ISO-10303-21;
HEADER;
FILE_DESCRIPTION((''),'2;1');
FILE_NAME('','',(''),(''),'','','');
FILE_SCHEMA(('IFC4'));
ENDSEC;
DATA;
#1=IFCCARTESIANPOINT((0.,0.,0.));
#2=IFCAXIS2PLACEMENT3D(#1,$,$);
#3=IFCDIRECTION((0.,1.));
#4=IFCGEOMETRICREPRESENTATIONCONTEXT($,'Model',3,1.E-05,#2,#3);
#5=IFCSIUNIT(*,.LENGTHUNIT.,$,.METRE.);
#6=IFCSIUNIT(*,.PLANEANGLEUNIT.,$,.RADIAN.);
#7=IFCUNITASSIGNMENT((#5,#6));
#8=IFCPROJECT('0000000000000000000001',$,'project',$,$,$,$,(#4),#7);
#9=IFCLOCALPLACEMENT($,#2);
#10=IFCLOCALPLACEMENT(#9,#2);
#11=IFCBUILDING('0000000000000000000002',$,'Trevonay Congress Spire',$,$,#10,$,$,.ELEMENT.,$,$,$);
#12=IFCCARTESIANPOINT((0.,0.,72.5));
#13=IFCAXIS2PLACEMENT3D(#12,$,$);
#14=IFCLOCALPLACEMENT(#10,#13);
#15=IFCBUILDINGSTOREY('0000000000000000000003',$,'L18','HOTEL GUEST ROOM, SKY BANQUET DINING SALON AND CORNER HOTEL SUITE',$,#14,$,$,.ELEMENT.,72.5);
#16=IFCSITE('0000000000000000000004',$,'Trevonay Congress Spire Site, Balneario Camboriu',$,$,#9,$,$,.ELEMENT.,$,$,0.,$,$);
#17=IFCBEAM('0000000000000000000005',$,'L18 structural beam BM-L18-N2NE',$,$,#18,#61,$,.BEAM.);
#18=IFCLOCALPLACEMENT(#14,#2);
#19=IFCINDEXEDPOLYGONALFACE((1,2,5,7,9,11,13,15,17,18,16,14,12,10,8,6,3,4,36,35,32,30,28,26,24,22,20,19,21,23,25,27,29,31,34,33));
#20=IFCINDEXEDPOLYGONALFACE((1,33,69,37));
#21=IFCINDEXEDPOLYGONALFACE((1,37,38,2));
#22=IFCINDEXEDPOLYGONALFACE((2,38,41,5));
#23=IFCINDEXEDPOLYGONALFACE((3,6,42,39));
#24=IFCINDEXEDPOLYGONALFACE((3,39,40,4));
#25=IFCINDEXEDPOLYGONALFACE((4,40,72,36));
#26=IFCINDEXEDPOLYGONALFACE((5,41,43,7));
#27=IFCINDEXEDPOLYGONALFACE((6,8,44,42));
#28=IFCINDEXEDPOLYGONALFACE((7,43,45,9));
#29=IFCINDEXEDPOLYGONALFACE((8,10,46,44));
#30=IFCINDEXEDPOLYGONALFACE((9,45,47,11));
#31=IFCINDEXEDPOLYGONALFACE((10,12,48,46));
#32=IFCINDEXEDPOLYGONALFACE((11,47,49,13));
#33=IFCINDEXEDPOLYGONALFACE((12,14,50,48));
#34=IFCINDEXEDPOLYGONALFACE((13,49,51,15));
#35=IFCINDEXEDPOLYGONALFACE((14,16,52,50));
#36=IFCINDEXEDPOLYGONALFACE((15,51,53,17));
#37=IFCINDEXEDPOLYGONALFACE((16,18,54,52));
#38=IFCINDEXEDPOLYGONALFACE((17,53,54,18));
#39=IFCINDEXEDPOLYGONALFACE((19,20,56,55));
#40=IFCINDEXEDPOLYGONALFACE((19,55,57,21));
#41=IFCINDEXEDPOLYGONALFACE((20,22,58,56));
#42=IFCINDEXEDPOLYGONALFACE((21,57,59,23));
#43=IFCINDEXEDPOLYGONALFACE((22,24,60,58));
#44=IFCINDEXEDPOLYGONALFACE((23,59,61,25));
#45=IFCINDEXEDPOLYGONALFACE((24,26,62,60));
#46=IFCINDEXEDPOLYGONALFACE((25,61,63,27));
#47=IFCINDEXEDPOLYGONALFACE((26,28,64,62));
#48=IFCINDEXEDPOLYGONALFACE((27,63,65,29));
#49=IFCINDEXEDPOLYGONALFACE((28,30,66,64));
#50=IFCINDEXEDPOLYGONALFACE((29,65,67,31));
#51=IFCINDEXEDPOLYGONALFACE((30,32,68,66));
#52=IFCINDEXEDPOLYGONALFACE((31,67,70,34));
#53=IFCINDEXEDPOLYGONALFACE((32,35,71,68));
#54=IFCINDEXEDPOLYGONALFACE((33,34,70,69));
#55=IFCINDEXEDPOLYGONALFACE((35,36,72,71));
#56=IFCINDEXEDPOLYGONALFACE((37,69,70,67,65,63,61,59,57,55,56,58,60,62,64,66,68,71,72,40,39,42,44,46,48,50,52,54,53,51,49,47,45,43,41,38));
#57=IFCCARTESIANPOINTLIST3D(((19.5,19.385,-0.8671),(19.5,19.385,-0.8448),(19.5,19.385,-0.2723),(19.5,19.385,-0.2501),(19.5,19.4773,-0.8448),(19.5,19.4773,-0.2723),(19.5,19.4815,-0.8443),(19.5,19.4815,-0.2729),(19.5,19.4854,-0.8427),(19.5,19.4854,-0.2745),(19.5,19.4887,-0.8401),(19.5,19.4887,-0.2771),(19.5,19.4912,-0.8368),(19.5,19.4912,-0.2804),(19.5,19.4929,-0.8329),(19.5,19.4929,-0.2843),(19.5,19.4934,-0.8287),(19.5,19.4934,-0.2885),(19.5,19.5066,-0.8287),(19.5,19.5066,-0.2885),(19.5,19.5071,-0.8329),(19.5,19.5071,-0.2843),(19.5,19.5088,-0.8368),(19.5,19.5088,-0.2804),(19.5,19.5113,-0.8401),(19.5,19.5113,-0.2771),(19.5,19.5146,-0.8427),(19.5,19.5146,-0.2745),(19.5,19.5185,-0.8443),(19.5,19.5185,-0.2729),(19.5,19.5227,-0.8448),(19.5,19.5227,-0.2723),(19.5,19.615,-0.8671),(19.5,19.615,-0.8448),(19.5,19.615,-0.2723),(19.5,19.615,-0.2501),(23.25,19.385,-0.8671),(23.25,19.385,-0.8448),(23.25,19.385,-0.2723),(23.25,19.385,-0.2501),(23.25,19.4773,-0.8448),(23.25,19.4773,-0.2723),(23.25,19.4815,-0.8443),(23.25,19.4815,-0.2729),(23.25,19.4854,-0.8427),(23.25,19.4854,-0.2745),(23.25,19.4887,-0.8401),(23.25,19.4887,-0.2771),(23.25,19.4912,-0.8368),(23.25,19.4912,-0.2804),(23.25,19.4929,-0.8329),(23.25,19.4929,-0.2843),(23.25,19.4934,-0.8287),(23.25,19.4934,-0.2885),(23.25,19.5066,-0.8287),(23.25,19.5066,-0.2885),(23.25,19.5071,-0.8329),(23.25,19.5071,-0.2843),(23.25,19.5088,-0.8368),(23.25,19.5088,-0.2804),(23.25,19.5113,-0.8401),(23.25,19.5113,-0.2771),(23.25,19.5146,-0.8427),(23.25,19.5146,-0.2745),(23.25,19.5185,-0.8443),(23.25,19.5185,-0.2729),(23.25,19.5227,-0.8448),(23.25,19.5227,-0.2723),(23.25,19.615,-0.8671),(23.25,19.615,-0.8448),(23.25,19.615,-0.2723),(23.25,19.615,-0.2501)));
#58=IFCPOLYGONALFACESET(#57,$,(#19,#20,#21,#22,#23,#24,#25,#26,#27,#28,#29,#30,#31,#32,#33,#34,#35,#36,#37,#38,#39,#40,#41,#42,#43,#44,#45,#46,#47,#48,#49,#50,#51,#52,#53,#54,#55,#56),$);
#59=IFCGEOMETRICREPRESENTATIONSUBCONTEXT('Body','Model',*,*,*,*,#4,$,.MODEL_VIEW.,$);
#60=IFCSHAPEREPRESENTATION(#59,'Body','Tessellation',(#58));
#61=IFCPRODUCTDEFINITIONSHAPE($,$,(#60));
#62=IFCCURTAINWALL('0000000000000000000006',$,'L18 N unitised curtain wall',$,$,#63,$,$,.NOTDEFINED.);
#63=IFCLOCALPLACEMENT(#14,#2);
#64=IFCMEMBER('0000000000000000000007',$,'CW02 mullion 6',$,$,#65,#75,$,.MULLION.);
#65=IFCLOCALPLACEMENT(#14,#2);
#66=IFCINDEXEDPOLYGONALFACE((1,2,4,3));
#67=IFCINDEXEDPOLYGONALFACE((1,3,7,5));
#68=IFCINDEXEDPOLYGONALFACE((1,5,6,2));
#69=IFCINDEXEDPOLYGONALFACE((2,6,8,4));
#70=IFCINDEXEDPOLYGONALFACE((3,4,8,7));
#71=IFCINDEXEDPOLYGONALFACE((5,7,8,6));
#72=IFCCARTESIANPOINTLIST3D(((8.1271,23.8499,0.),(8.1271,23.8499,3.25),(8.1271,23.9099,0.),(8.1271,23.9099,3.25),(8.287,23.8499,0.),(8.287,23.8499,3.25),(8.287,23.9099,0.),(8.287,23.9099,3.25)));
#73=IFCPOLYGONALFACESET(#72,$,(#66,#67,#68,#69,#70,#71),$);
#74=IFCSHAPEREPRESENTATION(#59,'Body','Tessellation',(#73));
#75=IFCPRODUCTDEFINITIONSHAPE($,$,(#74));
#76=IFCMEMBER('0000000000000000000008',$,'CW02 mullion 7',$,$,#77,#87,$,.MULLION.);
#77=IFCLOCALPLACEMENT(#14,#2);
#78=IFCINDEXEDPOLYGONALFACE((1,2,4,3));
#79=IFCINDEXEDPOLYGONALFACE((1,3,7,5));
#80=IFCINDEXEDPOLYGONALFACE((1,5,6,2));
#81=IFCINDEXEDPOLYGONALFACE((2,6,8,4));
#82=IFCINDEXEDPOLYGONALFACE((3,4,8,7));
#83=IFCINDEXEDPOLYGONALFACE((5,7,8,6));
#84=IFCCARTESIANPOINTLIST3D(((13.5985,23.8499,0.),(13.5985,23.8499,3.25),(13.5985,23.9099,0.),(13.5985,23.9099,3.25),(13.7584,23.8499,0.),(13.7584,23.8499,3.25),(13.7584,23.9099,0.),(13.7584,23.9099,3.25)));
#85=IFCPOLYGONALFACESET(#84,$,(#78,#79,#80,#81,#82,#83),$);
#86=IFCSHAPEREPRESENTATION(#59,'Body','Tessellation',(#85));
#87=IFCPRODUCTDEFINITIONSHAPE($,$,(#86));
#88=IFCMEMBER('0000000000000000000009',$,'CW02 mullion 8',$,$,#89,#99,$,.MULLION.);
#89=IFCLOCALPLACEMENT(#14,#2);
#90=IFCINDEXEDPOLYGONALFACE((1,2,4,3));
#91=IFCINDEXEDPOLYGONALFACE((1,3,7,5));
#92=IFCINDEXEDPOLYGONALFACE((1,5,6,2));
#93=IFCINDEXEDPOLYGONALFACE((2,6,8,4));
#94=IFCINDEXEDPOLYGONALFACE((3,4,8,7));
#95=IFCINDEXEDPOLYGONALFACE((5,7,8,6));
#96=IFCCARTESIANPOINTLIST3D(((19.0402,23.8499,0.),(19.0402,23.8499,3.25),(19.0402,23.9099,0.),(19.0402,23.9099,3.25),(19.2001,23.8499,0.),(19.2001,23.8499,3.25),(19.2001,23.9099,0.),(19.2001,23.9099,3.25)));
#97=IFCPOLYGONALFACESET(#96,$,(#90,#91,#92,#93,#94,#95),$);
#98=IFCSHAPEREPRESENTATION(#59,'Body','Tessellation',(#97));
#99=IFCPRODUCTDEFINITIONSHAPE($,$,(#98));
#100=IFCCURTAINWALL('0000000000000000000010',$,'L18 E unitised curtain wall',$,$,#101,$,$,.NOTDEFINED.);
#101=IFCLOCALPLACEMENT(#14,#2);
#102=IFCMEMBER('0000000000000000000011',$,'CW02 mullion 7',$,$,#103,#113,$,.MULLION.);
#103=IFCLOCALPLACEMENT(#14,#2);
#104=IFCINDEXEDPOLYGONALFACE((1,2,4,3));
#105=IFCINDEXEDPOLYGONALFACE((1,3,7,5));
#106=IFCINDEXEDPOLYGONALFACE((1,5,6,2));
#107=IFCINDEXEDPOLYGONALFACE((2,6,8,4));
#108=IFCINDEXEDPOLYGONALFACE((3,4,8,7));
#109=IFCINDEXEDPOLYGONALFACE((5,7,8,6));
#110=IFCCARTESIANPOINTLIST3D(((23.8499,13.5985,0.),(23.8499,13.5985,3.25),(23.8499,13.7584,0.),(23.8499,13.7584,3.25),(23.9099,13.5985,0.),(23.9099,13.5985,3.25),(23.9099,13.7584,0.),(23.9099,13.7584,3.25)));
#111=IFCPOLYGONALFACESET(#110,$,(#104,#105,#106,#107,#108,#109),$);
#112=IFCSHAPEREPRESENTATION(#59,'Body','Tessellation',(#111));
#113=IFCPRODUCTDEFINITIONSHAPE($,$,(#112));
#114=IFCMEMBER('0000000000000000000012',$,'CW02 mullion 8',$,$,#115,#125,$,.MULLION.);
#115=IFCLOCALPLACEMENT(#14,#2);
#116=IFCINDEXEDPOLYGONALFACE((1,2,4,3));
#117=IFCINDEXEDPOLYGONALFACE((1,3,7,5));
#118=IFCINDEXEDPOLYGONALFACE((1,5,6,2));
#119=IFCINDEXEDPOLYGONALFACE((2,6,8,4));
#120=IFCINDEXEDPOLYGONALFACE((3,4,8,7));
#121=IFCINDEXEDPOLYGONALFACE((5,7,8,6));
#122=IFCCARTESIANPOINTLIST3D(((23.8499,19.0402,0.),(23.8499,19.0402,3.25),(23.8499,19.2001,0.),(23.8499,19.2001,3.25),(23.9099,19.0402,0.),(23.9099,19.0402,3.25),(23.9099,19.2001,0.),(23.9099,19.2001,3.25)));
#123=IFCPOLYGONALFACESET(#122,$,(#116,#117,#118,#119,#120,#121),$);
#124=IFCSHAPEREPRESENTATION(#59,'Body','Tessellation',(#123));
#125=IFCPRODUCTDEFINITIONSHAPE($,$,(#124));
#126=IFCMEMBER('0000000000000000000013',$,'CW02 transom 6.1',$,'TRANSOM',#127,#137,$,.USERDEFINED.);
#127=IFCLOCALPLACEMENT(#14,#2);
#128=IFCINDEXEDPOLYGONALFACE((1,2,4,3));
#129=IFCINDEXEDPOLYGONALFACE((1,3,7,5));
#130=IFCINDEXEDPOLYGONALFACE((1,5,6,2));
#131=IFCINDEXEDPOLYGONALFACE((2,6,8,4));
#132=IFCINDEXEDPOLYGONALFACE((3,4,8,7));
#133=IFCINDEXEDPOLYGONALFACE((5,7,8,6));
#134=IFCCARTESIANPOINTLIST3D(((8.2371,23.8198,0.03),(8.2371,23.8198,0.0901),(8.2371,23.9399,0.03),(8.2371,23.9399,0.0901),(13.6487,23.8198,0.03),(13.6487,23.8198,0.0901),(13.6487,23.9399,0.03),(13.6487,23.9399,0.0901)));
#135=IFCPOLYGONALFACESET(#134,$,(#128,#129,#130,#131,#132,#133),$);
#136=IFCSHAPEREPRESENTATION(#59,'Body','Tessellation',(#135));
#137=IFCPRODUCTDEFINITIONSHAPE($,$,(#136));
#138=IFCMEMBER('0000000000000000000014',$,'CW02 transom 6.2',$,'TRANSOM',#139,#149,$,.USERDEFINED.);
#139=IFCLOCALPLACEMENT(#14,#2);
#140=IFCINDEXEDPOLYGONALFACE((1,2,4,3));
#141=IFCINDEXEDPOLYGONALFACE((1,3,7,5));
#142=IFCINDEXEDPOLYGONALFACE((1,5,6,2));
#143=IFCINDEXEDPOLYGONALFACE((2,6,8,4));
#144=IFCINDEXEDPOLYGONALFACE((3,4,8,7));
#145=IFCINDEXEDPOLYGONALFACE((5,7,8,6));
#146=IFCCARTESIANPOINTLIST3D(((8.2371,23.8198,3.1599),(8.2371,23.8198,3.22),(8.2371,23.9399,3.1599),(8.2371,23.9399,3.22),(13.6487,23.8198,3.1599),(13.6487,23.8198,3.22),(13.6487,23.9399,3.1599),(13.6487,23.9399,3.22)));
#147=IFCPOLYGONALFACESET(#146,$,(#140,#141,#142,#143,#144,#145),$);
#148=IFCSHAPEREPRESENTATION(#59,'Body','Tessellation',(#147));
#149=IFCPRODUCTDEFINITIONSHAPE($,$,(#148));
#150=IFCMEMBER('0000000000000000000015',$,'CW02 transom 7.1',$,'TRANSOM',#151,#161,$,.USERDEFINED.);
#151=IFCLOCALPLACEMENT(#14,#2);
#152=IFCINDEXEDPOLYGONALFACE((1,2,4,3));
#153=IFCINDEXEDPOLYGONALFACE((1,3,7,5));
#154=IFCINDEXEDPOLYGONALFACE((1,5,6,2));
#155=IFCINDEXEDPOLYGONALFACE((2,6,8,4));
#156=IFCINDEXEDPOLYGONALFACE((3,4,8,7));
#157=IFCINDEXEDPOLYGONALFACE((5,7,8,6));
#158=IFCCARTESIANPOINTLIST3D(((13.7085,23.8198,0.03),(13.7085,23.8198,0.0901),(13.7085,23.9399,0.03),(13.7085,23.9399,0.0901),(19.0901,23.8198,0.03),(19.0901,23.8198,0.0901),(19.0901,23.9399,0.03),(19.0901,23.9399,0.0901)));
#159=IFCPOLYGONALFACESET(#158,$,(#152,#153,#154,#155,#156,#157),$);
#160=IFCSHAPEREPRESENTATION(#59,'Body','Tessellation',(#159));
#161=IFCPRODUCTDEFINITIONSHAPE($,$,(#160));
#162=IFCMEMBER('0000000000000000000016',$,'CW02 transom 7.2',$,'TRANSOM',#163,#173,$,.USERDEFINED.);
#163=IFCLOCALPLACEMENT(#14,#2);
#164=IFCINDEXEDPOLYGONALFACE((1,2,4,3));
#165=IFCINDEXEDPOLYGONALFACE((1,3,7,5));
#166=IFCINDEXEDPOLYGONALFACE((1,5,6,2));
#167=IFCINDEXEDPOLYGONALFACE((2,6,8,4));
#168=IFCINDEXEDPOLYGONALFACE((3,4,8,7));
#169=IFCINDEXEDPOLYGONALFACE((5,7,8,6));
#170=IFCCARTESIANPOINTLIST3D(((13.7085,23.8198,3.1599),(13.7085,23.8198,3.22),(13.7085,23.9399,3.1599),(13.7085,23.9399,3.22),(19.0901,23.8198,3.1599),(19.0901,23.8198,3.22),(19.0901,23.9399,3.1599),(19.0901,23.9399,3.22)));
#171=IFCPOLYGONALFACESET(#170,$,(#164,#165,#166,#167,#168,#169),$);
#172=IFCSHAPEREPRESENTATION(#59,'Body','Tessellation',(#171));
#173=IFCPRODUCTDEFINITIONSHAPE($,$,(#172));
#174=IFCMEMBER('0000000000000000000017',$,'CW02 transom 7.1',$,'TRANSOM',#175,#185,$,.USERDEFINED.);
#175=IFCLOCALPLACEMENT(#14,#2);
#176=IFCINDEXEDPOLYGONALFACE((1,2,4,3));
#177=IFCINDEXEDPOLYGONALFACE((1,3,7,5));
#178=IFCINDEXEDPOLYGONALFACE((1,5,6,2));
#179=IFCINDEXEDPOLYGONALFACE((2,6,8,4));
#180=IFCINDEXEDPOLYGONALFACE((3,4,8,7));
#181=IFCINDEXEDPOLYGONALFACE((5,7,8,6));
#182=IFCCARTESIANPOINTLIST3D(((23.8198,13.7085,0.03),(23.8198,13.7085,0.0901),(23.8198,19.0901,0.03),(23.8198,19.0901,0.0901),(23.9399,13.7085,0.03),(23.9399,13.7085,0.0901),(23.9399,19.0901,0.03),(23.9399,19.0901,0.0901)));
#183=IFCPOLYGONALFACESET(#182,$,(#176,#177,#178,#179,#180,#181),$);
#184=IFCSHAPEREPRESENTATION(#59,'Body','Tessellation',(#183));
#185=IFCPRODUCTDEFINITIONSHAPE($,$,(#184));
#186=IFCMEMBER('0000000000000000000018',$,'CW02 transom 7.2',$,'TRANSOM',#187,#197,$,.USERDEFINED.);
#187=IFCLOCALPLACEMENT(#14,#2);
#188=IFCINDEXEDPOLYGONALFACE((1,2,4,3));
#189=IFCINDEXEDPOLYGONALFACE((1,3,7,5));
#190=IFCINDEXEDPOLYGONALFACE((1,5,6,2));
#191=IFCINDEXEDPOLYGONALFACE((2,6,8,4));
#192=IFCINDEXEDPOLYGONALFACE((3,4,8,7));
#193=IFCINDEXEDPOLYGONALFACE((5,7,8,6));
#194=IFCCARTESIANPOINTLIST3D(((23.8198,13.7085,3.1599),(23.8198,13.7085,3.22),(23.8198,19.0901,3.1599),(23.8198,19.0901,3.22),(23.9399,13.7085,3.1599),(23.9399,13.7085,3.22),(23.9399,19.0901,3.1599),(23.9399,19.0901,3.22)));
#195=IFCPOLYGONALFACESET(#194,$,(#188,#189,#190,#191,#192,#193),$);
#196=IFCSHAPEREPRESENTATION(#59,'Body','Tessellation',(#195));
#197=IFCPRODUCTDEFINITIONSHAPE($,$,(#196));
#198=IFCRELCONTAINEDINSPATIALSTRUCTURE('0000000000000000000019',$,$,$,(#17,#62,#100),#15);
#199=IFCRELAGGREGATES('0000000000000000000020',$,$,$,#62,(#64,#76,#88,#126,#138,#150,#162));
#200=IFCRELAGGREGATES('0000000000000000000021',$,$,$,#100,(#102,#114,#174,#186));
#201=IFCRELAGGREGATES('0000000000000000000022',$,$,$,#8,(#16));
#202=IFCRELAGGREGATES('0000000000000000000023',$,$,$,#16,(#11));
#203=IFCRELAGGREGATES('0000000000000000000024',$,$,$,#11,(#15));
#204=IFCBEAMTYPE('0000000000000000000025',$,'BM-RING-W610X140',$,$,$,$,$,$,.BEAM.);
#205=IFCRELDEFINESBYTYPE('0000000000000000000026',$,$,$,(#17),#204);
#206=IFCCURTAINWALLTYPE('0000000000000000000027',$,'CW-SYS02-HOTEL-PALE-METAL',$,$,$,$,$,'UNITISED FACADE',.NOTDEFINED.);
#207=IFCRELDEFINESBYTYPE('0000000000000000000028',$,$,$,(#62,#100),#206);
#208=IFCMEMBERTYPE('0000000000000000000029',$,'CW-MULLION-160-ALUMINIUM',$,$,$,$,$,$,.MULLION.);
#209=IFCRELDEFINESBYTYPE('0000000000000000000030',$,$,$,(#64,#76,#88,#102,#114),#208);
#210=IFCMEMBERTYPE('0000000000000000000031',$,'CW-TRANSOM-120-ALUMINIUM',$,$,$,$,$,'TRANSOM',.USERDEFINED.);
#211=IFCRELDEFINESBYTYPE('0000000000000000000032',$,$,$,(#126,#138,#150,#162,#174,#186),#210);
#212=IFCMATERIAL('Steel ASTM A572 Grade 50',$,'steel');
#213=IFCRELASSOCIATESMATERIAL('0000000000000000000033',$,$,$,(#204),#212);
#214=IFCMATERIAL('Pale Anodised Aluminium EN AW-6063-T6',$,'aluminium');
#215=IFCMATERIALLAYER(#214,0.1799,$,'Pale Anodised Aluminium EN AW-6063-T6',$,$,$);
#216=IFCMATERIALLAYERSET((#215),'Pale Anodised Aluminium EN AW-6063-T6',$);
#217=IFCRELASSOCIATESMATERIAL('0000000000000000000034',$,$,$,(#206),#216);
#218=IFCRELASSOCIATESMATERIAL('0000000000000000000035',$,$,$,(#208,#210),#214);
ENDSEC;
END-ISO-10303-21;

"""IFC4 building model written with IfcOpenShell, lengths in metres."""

from ifc_helpers import new_model, si_unit, direction, frame, origin, origin_2d, place, context, subcontext, project, spatial, rectangle, i_section, extrude, material, layer, layer_set, material_profile, profile_set, type_object, element, aggregate, save


model = new_model("IFC4")

# Units and contexts
model_context = context("Model", 3, precision=1e-05, world=origin(), true_north=direction((0.0, 1.0)))
body_context = subcontext(model_context, "Body", "Model", "MODEL_VIEW")
ifc_project = project(units=[si_unit("LENGTHUNIT", "METRE"), si_unit("PLANEANGLEUNIT", "RADIAN")], contexts=[model_context])

# Site, building, storey
site_placement = place(None, origin())
site = spatial("IfcSite", under=ifc_project, at=site_placement, Name="Trevonay Congress Spire Site, Balneario Camboriu", CompositionType="ELEMENT", RefElevation=0.0)
building_placement = place(site_placement, origin())
building = spatial("IfcBuilding", under=site, at=building_placement, Name="Trevonay Congress Spire", CompositionType="ELEMENT")
storey_placement = place(building_placement, frame((0.0, 0.0, 72.5)))
storey = spatial("IfcBuildingStorey", under=building, at=storey_placement, Name="L18", Description="HOTEL GUEST ROOM, SKY BANQUET DINING SALON AND CORNER HOTEL SUITE", CompositionType="ELEMENT", Elevation=72.5)

# Shared definitions
ifc_material_1 = material(Name="Steel ASTM A572 Grade 50", Category="steel")

# Beam
ifc_material_profile_1 = material_profile(ifc_material_1, i_section(OverallWidth=0.23, OverallDepth=0.6169, WebThickness=0.0132, FlangeThickness=0.0222, FilletRadius=0.0161, at=origin_2d()), Name="W610x140")
ifc_profile_set_1 = profile_set([ifc_material_profile_1], Name="Steel ASTM A572 Grade 50")
beam_type = type_object("IfcBeamType", Name="BM-RING-W610X140", PredefinedType="BEAM", material=ifc_profile_set_1)
for number, where, z_axis, x_axis, name in (
    (1, (23.25, 19.5, -0.5586), (-1.0, 0.0, 0.0), (0.0, -1.0, 0.0), "L18 structural beam BM-L18-N2NE"),
):
    element("IfcBeam", number, at=place(storey_placement, frame(where, z_axis=z_axis, x_axis=x_axis)), inside=storey, type_object=beam_type, Name=name, PredefinedType="BEAM", context=body_context, shape_type="SweptSolid", body=[
        extrude(i_section(OverallWidth=0.23, OverallDepth=0.6169, WebThickness=0.0132, FlangeThickness=0.0222, FilletRadius=0.0161, at=origin_2d()), origin(), (0.0, 0.0, 1.0), 3.75),
    ])

# Curtain walls, members
ifc_material_2 = material(Name="Pale Anodised Aluminium EN AW-6063-T6", Category="aluminium")
ifc_layer_1 = layer(ifc_material_2, 0.1799, Name="Pale Anodised Aluminium EN AW-6063-T6")
ifc_layer_set_1 = layer_set([ifc_layer_1], Name="Pale Anodised Aluminium EN AW-6063-T6")
curtain_wall_type = type_object("IfcCurtainWallType", Name="CW-SYS02-HOTEL-PALE-METAL", ElementType="UNITISED FACADE", PredefinedType="NOTDEFINED", material=ifc_layer_set_1)
curtain_wall_1_placement = place(storey_placement, origin())
curtain_wall_1 = element("IfcCurtainWall", 2, at=curtain_wall_1_placement, inside=storey, type_object=curtain_wall_type, Name="L18 N unitised curtain wall", PredefinedType="NOTDEFINED")
ifc_material_profile_2 = material_profile(ifc_material_2, rectangle(XDim=0.0601, YDim=0.1599, at=origin_2d()), Name="CW-MULLION-160-ALUMINIUM")
ifc_profile_set_2 = profile_set([ifc_material_profile_2], Name="Pale Anodised Aluminium EN AW-6063-T6")
member_type_1 = type_object("IfcMemberType", Name="CW-MULLION-160-ALUMINIUM", PredefinedType="MULLION", material=ifc_profile_set_2)
member_1_placement = place(storey_placement, frame((8.207, 23.8799, 0.0), z_axis=(0.0, 0.0, 1.0), x_axis=(0.0, 1.0, 0.0)))
member_1 = element("IfcMember", 3, at=member_1_placement, type_object=member_type_1, Name="CW02 mullion 6", PredefinedType="MULLION", context=body_context, shape_type="SweptSolid", body=[
    extrude(rectangle(XDim=0.0601, YDim=0.1599, at=origin_2d()), origin(), (0.0, 0.0, 1.0), 3.25),
])
member_2_placement = place(storey_placement, frame((13.6785, 23.8799, 0.0), z_axis=(0.0, 0.0, 1.0), x_axis=(0.0, 1.0, 0.0)))
member_2 = element("IfcMember", 4, at=member_2_placement, type_object=member_type_1, Name="CW02 mullion 7", PredefinedType="MULLION", context=body_context, shape_type="SweptSolid", body=[
    extrude(rectangle(XDim=0.0601, YDim=0.1599, at=origin_2d()), origin(), (0.0, 0.0, 1.0), 3.25),
])
member_3_placement = place(storey_placement, frame((19.1201, 23.8799, 0.0), z_axis=(0.0, 0.0, 1.0), x_axis=(0.0, 1.0, 0.0)))
member_3 = element("IfcMember", 5, at=member_3_placement, type_object=member_type_1, Name="CW02 mullion 8", PredefinedType="MULLION", context=body_context, shape_type="SweptSolid", body=[
    extrude(rectangle(XDim=0.0601, YDim=0.1599, at=origin_2d()), origin(), (0.0, 0.0, 1.0), 3.25),
])
curtain_wall_2_placement = place(storey_placement, origin())
curtain_wall_2 = element("IfcCurtainWall", 6, at=curtain_wall_2_placement, inside=storey, type_object=curtain_wall_type, Name="L18 E unitised curtain wall", PredefinedType="NOTDEFINED")
member_4_placement = place(storey_placement, frame((23.8799, 13.6785, 0.0), z_axis=(0.0, 0.0, 1.0), x_axis=(-1.0, 0.0, 0.0)))
member_4 = element("IfcMember", 7, at=member_4_placement, type_object=member_type_1, Name="CW02 mullion 7", PredefinedType="MULLION", context=body_context, shape_type="SweptSolid", body=[
    extrude(rectangle(XDim=0.0601, YDim=0.1599, at=origin_2d()), origin(), (0.0, 0.0, 1.0), 3.25),
])
member_5_placement = place(storey_placement, frame((23.8799, 19.1201, 0.0), z_axis=(0.0, 0.0, 1.0), x_axis=(-1.0, 0.0, 0.0)))
member_5 = element("IfcMember", 8, at=member_5_placement, type_object=member_type_1, Name="CW02 mullion 8", PredefinedType="MULLION", context=body_context, shape_type="SweptSolid", body=[
    extrude(rectangle(XDim=0.0601, YDim=0.1599, at=origin_2d()), origin(), (0.0, 0.0, 1.0), 3.25),
])

# Members
ifc_material_profile_3 = material_profile(ifc_material_2, rectangle(XDim=0.1201, YDim=0.0601, at=origin_2d()), Name="CW-TRANSOM-120-ALUMINIUM")
ifc_profile_set_3 = profile_set([ifc_material_profile_3], Name="Pale Anodised Aluminium EN AW-6063-T6")
member_type_2 = type_object("IfcMemberType", Name="CW-TRANSOM-120-ALUMINIUM", ElementType="TRANSOM", PredefinedType="USERDEFINED", material=ifc_profile_set_3)
member_6_placement = place(storey_placement, frame((8.2371, 23.8799, 0.0601), z_axis=(1.0, 0.0, 0.0), x_axis=(0.0, 1.0, 0.0)))
member_6 = element("IfcMember", 9, at=member_6_placement, type_object=member_type_2, Name="CW02 transom 6.1", ObjectType="TRANSOM", PredefinedType="USERDEFINED", context=body_context, shape_type="SweptSolid", body=[
    extrude(rectangle(XDim=0.1201, YDim=0.0601, at=origin_2d()), origin(), (0.0, 0.0, 1.0), 5.4116),
])
member_7_placement = place(storey_placement, frame((8.2371, 23.8799, 3.1899), z_axis=(1.0, 0.0, 0.0), x_axis=(0.0, 1.0, 0.0)))
member_7 = element("IfcMember", 10, at=member_7_placement, type_object=member_type_2, Name="CW02 transom 6.2", ObjectType="TRANSOM", PredefinedType="USERDEFINED", context=body_context, shape_type="SweptSolid", body=[
    extrude(rectangle(XDim=0.1201, YDim=0.0601, at=origin_2d()), origin(), (0.0, 0.0, 1.0), 5.4116),
])
member_8_placement = place(storey_placement, frame((13.7085, 23.8799, 0.0601), z_axis=(1.0, 0.0, 0.0), x_axis=(0.0, 1.0, 0.0)))
member_8 = element("IfcMember", 11, at=member_8_placement, type_object=member_type_2, Name="CW02 transom 7.1", ObjectType="TRANSOM", PredefinedType="USERDEFINED", context=body_context, shape_type="SweptSolid", body=[
    extrude(rectangle(XDim=0.1201, YDim=0.0601, at=origin_2d()), origin(), (0.0, 0.0, 1.0), 5.3816),
])
member_9_placement = place(storey_placement, frame((13.7085, 23.8799, 3.1899), z_axis=(1.0, 0.0, 0.0), x_axis=(0.0, 1.0, 0.0)))
member_9 = element("IfcMember", 12, at=member_9_placement, type_object=member_type_2, Name="CW02 transom 7.2", ObjectType="TRANSOM", PredefinedType="USERDEFINED", context=body_context, shape_type="SweptSolid", body=[
    extrude(rectangle(XDim=0.1201, YDim=0.0601, at=origin_2d()), origin(), (0.0, 0.0, 1.0), 5.3816),
])
member_10_placement = place(storey_placement, frame((23.8799, 13.7085, 0.0601), z_axis=(0.0, 1.0, 0.0), x_axis=(-1.0, 0.0, 0.0)))
member_10 = element("IfcMember", 13, at=member_10_placement, type_object=member_type_2, Name="CW02 transom 7.1", ObjectType="TRANSOM", PredefinedType="USERDEFINED", context=body_context, shape_type="SweptSolid", body=[
    extrude(rectangle(XDim=0.1201, YDim=0.0601, at=origin_2d()), origin(), (0.0, 0.0, 1.0), 5.3816),
])
member_11_placement = place(storey_placement, frame((23.8799, 13.7085, 3.1899), z_axis=(0.0, 1.0, 0.0), x_axis=(-1.0, 0.0, 0.0)))
member_11 = element("IfcMember", 14, at=member_11_placement, type_object=member_type_2, Name="CW02 transom 7.2", ObjectType="TRANSOM", PredefinedType="USERDEFINED", context=body_context, shape_type="SweptSolid", body=[
    extrude(rectangle(XDim=0.1201, YDim=0.0601, at=origin_2d()), origin(), (0.0, 0.0, 1.0), 5.3816),
])

aggregate(curtain_wall_1, [member_1, member_2, member_3, member_6, member_7, member_8, member_9])
aggregate(curtain_wall_2, [member_4, member_5, member_10, member_11])

save(model, "model.ifc")
